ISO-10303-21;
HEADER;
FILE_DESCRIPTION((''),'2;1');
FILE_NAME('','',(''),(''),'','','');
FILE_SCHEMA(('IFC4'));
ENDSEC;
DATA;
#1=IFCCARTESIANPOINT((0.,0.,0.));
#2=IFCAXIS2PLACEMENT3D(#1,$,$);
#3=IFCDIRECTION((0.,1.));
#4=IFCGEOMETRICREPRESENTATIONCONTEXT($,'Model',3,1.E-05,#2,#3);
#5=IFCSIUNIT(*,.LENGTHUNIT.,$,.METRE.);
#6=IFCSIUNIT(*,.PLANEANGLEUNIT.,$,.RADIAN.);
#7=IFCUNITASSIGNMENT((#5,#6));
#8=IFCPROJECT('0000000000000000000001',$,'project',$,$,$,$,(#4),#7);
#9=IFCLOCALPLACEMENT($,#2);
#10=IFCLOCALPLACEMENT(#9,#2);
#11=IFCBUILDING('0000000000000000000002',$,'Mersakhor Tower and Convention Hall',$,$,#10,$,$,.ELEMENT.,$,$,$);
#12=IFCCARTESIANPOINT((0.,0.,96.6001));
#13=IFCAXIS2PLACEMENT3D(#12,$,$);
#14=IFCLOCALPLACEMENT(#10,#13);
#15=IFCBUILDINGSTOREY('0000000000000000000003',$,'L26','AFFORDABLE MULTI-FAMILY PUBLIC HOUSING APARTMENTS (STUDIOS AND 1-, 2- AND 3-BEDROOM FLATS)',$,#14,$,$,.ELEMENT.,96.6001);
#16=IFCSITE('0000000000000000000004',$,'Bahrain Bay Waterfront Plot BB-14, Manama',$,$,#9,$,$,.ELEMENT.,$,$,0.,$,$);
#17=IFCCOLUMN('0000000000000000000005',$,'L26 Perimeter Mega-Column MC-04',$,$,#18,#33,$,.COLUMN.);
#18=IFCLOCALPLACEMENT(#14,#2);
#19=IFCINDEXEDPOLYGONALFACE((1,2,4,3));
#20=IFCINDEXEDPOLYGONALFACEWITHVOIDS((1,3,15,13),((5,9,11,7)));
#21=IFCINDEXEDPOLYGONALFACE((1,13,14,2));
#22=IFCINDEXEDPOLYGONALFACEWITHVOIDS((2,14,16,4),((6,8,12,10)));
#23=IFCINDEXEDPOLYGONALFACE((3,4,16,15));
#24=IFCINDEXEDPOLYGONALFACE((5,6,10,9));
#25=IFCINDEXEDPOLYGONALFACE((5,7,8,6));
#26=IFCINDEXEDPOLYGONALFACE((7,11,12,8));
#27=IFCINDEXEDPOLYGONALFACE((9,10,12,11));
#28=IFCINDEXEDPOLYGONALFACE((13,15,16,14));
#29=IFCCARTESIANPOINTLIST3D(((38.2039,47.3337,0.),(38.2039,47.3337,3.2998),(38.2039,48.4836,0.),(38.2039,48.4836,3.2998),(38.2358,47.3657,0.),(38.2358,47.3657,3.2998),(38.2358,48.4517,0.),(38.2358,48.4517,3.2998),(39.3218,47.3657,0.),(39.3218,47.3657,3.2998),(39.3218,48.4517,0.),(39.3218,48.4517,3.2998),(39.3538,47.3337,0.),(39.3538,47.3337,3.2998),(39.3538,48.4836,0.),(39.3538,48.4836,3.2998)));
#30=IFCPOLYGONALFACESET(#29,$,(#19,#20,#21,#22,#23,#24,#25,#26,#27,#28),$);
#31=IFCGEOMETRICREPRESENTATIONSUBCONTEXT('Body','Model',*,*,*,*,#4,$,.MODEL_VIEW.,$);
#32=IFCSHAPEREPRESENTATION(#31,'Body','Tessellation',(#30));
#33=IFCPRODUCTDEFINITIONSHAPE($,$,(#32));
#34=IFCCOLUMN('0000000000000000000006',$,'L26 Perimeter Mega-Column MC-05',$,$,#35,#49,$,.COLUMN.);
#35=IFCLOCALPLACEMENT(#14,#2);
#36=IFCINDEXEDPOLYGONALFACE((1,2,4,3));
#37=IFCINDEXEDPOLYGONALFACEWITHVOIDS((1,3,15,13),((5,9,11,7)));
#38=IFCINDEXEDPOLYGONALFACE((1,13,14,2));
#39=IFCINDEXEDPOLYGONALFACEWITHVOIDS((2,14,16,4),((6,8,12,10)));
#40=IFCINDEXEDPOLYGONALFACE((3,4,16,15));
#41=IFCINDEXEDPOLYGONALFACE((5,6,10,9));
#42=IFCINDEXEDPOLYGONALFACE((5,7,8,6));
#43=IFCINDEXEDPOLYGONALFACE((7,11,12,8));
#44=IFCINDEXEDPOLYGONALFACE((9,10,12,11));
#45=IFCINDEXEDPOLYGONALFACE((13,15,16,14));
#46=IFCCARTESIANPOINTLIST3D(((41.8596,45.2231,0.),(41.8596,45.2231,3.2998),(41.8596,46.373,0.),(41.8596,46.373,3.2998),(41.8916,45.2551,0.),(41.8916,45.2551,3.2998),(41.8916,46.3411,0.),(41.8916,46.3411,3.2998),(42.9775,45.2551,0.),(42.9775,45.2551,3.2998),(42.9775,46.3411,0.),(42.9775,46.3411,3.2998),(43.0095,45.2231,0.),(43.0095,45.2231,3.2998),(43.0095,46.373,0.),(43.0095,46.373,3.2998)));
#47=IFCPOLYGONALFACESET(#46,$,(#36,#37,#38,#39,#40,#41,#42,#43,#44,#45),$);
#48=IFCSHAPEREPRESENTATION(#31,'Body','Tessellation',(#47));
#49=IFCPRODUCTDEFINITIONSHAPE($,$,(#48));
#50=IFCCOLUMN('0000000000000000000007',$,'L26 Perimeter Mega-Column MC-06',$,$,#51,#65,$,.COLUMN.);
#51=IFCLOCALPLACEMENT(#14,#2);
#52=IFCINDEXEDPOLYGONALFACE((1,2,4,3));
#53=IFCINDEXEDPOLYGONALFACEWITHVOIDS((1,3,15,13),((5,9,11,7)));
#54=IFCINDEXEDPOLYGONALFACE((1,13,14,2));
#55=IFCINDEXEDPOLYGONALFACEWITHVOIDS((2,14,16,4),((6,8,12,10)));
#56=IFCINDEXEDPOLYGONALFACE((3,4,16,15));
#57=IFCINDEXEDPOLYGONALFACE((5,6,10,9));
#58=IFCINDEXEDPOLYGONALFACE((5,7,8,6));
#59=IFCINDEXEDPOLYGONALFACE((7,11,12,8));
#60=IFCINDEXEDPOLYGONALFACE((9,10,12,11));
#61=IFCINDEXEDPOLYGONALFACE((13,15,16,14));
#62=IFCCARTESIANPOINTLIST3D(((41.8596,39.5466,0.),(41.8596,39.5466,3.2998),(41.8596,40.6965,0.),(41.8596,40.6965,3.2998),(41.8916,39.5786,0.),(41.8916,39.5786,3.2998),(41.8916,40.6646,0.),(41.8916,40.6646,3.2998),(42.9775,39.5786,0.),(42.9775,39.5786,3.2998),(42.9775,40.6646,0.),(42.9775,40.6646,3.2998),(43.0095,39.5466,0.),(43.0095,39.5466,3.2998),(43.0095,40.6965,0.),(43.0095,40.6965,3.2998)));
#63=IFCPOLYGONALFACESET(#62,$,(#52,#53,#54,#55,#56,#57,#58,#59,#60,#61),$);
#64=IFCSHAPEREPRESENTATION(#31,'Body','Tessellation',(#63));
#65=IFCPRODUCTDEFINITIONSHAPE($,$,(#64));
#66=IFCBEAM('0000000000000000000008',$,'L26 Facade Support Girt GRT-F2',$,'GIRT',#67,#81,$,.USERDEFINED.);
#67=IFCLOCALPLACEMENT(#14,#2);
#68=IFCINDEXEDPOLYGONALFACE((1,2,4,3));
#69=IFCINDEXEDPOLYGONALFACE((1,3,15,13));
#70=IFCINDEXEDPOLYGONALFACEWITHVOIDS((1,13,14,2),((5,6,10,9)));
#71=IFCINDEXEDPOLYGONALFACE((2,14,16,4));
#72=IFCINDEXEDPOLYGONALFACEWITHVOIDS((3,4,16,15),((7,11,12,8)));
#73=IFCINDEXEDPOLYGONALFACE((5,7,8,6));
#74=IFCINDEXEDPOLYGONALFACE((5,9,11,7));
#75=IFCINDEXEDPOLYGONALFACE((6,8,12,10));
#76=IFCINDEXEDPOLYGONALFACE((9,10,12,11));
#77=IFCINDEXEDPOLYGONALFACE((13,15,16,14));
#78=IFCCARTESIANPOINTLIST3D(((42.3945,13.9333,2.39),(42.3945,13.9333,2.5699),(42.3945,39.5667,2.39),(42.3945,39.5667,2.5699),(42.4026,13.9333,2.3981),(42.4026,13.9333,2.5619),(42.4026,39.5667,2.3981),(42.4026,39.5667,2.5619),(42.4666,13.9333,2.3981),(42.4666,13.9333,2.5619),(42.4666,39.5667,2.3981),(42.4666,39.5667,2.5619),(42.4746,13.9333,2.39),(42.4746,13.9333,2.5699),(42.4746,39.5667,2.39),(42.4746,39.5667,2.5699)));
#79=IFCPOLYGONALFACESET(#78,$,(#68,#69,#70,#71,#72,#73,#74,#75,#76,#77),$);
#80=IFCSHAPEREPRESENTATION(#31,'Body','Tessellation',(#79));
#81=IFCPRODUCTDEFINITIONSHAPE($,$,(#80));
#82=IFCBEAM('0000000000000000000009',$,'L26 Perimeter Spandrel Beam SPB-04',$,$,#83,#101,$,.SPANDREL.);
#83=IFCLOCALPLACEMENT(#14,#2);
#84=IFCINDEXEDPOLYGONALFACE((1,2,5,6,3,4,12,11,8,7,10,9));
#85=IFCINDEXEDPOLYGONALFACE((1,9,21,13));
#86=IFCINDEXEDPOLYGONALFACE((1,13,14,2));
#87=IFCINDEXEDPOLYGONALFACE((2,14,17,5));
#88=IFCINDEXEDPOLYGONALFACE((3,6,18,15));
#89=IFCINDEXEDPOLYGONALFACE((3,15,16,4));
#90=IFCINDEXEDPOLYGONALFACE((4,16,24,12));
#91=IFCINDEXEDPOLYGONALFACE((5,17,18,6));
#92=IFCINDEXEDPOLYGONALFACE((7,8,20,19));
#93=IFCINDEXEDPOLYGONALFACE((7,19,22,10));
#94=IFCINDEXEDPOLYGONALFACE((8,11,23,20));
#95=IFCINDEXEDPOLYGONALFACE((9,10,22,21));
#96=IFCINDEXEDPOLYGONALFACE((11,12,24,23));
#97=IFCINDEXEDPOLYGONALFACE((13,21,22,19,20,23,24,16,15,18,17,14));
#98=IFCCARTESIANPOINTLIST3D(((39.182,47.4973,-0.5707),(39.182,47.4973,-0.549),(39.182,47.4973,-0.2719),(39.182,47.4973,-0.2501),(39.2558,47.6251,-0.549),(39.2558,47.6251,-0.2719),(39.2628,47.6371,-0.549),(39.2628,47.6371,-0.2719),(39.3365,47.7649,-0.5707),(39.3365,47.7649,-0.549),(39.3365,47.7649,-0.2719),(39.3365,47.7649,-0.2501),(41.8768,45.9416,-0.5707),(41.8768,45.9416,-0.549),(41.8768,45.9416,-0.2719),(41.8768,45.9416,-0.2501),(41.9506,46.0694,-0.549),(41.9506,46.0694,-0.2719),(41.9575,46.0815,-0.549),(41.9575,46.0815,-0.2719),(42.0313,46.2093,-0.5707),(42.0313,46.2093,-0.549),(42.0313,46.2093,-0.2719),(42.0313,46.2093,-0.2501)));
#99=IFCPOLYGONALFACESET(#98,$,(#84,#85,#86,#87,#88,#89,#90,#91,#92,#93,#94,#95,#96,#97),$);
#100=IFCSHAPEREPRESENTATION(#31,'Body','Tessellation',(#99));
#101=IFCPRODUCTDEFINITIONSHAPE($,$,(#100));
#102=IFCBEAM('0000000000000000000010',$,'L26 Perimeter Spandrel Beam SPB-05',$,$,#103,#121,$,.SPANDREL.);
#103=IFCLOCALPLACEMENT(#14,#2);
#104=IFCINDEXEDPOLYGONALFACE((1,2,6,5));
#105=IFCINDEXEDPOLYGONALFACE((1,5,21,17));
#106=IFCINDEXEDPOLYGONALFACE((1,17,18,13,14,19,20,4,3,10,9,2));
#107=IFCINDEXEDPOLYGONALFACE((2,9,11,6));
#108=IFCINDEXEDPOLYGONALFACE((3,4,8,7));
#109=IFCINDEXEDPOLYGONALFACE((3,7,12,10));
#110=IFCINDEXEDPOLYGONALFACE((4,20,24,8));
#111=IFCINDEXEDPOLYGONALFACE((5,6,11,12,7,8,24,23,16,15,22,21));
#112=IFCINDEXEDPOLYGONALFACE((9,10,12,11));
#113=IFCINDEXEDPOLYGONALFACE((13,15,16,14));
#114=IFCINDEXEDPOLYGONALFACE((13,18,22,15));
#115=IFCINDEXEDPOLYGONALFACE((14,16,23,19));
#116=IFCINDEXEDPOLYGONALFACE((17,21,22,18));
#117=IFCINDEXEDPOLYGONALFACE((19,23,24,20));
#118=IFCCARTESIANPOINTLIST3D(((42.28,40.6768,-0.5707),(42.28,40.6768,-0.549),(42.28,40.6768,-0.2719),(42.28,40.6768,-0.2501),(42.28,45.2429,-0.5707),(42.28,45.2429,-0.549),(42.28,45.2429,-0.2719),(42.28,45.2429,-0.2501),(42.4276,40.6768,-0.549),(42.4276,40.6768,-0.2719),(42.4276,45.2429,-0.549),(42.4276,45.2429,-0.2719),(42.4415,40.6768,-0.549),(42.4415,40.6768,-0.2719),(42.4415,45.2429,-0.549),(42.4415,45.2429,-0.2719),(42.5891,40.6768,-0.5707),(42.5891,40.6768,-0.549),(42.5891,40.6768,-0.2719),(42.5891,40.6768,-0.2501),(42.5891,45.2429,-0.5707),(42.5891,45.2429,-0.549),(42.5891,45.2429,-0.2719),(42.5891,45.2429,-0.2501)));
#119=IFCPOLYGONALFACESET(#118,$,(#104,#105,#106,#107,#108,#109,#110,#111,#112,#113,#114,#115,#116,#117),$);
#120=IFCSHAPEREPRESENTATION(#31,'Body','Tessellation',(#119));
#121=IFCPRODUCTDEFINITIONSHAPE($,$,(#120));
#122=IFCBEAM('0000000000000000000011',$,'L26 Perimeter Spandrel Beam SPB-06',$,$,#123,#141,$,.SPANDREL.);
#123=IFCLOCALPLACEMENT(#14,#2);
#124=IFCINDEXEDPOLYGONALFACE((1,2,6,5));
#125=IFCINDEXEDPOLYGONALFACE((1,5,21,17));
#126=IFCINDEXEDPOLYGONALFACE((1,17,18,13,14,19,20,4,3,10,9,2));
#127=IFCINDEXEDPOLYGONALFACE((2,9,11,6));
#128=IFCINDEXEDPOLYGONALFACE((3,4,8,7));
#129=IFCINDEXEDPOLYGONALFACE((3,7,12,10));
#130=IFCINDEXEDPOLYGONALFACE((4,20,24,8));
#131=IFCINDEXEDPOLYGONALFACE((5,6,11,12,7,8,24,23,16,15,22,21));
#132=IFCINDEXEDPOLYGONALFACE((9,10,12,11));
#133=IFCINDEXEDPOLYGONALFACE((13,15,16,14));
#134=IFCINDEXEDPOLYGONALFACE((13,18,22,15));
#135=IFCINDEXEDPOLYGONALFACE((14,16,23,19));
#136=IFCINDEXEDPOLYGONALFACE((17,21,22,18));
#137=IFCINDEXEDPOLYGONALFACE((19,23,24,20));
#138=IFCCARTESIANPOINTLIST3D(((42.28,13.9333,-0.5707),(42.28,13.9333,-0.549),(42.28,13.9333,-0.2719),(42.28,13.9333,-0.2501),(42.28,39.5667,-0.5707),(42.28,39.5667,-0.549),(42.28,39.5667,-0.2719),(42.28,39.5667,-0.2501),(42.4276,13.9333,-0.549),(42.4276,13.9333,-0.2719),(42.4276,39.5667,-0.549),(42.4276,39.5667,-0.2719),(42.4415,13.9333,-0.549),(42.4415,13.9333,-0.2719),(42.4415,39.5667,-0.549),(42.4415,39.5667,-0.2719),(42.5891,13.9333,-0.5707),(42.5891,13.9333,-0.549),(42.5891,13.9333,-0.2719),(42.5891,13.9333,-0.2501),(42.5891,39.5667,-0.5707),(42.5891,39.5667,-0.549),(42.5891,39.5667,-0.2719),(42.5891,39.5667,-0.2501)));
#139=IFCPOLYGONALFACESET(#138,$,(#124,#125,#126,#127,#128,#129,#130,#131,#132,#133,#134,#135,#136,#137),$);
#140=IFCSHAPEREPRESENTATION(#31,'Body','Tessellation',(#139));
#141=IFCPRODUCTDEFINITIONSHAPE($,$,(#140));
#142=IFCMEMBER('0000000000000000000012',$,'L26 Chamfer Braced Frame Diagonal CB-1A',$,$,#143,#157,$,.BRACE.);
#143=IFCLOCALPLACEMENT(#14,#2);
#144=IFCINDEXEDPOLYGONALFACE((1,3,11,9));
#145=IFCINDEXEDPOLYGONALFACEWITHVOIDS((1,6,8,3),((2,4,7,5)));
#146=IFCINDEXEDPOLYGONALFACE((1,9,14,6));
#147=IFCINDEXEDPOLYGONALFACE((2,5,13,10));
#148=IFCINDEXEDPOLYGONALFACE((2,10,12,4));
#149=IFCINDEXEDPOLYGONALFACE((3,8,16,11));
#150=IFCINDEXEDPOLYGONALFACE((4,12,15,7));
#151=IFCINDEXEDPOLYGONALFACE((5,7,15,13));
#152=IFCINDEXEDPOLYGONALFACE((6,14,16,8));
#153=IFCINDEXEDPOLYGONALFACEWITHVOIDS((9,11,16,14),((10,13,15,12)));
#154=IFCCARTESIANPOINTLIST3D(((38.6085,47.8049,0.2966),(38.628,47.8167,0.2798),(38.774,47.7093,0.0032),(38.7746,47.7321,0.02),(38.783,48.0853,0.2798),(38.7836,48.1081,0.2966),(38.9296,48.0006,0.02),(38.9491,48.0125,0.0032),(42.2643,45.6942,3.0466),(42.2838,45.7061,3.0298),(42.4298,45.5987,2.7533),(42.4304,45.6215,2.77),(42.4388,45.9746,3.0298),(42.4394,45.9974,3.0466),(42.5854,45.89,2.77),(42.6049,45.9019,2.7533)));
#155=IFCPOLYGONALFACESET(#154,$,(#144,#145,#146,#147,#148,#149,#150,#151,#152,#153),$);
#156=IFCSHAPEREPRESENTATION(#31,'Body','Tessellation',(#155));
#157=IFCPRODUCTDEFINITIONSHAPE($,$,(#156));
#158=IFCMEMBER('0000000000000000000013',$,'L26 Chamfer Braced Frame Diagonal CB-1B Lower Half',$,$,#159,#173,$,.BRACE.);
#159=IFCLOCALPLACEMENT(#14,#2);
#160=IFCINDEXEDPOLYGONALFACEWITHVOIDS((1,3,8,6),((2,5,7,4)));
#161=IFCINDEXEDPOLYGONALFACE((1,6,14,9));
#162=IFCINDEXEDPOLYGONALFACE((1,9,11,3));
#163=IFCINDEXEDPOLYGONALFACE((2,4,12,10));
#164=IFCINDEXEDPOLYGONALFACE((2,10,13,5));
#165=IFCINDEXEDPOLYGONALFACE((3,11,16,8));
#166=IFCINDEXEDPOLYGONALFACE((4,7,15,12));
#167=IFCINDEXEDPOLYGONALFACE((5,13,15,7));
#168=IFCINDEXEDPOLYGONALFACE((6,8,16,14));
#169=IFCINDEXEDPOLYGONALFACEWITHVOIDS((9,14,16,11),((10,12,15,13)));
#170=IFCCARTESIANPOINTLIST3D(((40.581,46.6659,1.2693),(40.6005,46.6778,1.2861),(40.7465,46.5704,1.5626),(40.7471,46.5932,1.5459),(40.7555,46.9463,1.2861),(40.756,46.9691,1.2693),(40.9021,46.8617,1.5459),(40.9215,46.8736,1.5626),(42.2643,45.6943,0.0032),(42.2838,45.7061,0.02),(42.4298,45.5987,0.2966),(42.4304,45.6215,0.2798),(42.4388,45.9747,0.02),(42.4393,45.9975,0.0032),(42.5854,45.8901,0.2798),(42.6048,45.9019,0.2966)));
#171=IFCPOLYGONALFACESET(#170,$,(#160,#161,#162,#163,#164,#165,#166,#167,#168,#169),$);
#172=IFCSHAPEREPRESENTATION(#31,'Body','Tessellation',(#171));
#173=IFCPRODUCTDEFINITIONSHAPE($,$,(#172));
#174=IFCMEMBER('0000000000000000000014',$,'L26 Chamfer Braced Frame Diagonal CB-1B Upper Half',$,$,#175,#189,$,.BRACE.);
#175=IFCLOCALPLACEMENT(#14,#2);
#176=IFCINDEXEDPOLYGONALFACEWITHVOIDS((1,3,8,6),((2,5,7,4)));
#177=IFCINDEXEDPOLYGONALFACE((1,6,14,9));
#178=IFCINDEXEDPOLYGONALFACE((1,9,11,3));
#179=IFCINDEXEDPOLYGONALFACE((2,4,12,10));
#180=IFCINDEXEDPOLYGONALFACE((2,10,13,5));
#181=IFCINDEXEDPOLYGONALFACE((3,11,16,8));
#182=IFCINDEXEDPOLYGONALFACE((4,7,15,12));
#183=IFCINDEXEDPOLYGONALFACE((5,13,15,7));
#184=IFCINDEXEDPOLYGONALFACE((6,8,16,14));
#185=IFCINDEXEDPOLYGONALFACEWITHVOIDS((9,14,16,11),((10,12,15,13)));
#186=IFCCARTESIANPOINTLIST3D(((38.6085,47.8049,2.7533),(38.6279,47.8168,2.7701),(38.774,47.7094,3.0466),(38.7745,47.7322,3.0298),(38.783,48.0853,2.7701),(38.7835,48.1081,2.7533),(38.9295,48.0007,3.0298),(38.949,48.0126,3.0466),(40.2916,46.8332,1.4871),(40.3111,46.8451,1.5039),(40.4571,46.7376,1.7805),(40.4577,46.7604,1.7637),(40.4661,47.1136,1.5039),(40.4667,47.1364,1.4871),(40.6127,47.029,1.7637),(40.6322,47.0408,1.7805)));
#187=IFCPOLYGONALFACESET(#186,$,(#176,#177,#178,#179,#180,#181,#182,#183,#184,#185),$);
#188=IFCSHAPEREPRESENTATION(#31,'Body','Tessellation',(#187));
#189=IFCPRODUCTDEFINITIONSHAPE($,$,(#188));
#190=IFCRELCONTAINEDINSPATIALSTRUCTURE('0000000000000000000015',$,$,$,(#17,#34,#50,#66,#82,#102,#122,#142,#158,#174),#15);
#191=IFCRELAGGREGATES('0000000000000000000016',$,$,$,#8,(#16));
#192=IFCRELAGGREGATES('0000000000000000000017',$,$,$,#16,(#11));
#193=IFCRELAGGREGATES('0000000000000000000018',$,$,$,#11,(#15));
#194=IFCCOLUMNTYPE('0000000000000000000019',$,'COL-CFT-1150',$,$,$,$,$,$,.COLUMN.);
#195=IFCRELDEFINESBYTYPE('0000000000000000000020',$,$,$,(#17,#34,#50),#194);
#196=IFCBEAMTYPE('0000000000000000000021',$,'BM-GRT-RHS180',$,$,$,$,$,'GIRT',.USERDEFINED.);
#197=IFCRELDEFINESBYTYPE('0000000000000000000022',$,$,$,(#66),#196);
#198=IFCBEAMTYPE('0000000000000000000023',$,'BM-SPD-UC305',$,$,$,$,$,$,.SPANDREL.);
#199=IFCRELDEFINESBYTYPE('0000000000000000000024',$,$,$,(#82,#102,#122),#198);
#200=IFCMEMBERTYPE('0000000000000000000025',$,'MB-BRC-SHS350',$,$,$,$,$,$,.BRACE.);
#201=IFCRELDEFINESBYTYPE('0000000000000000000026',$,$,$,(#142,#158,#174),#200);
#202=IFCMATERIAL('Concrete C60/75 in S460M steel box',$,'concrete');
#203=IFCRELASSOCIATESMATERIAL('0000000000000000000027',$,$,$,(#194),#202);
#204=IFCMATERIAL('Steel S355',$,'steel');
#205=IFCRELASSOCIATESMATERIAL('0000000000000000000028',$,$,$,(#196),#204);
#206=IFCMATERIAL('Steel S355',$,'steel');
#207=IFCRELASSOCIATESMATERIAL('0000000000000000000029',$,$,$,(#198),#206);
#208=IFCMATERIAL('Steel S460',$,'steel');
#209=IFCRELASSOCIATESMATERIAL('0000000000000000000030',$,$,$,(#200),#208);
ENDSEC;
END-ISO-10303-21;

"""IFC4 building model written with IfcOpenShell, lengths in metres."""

from ifc_helpers import new_model, si_unit, direction, frame, origin, origin_2d, place, context, subcontext, project, spatial, hollow_rectangle, i_section, extrude, material, material_profile, profile_set, type_object, element, save


model = new_model("IFC4")

# Units and contexts
model_context = context("Model", 3, precision=1e-05, world=origin(), true_north=direction((0.0, 1.0)))
body_context = subcontext(model_context, "Body", "Model", "MODEL_VIEW")
ifc_project = project(units=[si_unit("LENGTHUNIT", "METRE"), si_unit("PLANEANGLEUNIT", "RADIAN")], contexts=[model_context])

# Site, building, storey
site_placement = place(None, origin())
site = spatial("IfcSite", under=ifc_project, at=site_placement, Name="Bahrain Bay Waterfront Plot BB-14, Manama", CompositionType="ELEMENT", RefElevation=0.0)
building_placement = place(site_placement, origin())
building = spatial("IfcBuilding", under=site, at=building_placement, Name="Mersakhor Tower and Convention Hall", CompositionType="ELEMENT")
storey_placement = place(building_placement, frame((0.0, 0.0, 96.6001)))
storey = spatial("IfcBuildingStorey", under=building, at=storey_placement, Name="L26", Description="AFFORDABLE MULTI-FAMILY PUBLIC HOUSING APARTMENTS (STUDIOS AND 1-, 2- AND 3-BEDROOM FLATS)", CompositionType="ELEMENT", Elevation=96.6001)

# Columns
ifc_material_1 = material(Name="Concrete C60/75 in S460M steel box", Category="concrete")
ifc_material_profile_1 = material_profile(ifc_material_1, hollow_rectangle(XDim=1.1499, YDim=1.1499, WallThickness=0.032, at=origin_2d()), Name="SHS 1150x1150x32")
ifc_profile_set_1 = profile_set([ifc_material_profile_1], Name="Concrete C60/75 in S460M steel box")
column_type = type_object("IfcColumnType", Name="COL-CFT-1150", PredefinedType="COLUMN", material=ifc_profile_set_1)
for number, where, z_axis, x_axis, name in (
    (1, (38.7788, 47.9087, 0.0), (0.0, 0.0, 1.0), (1.0, 0.0, 0.0), "L26 Perimeter Mega-Column MC-04"),
    (2, (42.4346, 45.7981, 0.0), (0.0, 0.0, 1.0), (1.0, 0.0, 0.0), "L26 Perimeter Mega-Column MC-05"),
    (3, (42.4346, 40.1216, 0.0), (0.0, 0.0, 1.0), (1.0, 0.0, 0.0), "L26 Perimeter Mega-Column MC-06"),
):
    element("IfcColumn", number, at=place(storey_placement, frame(where, z_axis=z_axis, x_axis=x_axis)), inside=storey, type_object=column_type, Name=name, PredefinedType="COLUMN", context=body_context, shape_type="SweptSolid", body=[
        extrude(hollow_rectangle(XDim=1.1499, YDim=1.1499, WallThickness=0.032, at=origin_2d()), origin(), (0.0, 0.0, 1.0), 3.2998),
    ])

# Beams
ifc_material_2 = material(Name="Steel S355", Category="steel")
ifc_material_profile_2 = material_profile(ifc_material_2, hollow_rectangle(XDim=0.0801, YDim=0.1799, WallThickness=0.0081, at=origin_2d()), Name="RHS 180x80x8")
ifc_profile_set_2 = profile_set([ifc_material_profile_2], Name="Steel S355")
beam_type_1 = type_object("IfcBeamType", Name="BM-GRT-RHS180", ElementType="GIRT", PredefinedType="USERDEFINED", material=ifc_profile_set_2)
beam_1_placement = place(storey_placement, frame((42.4346, 39.5667, 2.48), z_axis=(0.0, -1.0, 0.0), x_axis=(1.0, 0.0, 0.0)))
element("IfcBeam", 4, at=beam_1_placement, inside=storey, type_object=beam_type_1, Name="L26 Facade Support Girt GRT-F2", ObjectType="GIRT", PredefinedType="USERDEFINED", context=body_context, shape_type="SweptSolid", body=[
    extrude(hollow_rectangle(XDim=0.0801, YDim=0.1799, WallThickness=0.0081, at=origin_2d()), origin(), (0.0, 0.0, 1.0), 25.6333),
])
ifc_material_3 = material(Name="Steel S355", Category="steel")
ifc_material_profile_3 = material_profile(ifc_material_3, i_section(OverallWidth=0.3091, OverallDepth=0.3206, WebThickness=0.0139, FlangeThickness=0.0217, at=origin_2d()), Name="UC 305x305x137")
ifc_profile_set_3 = profile_set([ifc_material_profile_3], Name="Steel S355")
beam_type_2 = type_object("IfcBeamType", Name="BM-SPD-UC305", PredefinedType="SPANDREL", material=ifc_profile_set_3)
beam_2_placement = place(storey_placement, frame((39.2593, 47.6311, -0.4104), z_axis=(0.866052, -0.499953, 0.0), x_axis=(0.499953, 0.866052, 0.0)))
element("IfcBeam", 5, at=beam_2_placement, inside=storey, type_object=beam_type_2, Name="L26 Perimeter Spandrel Beam SPB-04", PredefinedType="SPANDREL", context=body_context, shape_type="SweptSolid", body=[
    extrude(i_section(OverallWidth=0.3091, OverallDepth=0.3206, WebThickness=0.0139, FlangeThickness=0.0217, at=origin_2d()), origin(), (0.0, 0.0, 1.0), 3.1116),
])
beam_3_placement = place(storey_placement, frame((42.4346, 45.2429, -0.4104), z_axis=(0.0, -1.0, 0.0), x_axis=(1.0, 0.0, 0.0)))
element("IfcBeam", 6, at=beam_3_placement, inside=storey, type_object=beam_type_2, Name="L26 Perimeter Spandrel Beam SPB-05", PredefinedType="SPANDREL", context=body_context, shape_type="SweptSolid", body=[
    extrude(i_section(OverallWidth=0.3091, OverallDepth=0.3206, WebThickness=0.0139, FlangeThickness=0.0217, at=origin_2d()), origin(), (0.0, 0.0, 1.0), 4.5662),
])
beam_4_placement = place(storey_placement, frame((42.4346, 39.5667, -0.4104), z_axis=(0.0, -1.0, 0.0), x_axis=(1.0, 0.0, 0.0)))
element("IfcBeam", 7, at=beam_4_placement, inside=storey, type_object=beam_type_2, Name="L26 Perimeter Spandrel Beam SPB-06", PredefinedType="SPANDREL", context=body_context, shape_type="SweptSolid", body=[
    extrude(i_section(OverallWidth=0.3091, OverallDepth=0.3206, WebThickness=0.0139, FlangeThickness=0.0217, at=origin_2d()), origin(), (0.0, 0.0, 1.0), 25.6333),
])

# Members
ifc_material_4 = material(Name="Steel S460", Category="steel")
ifc_material_profile_4 = material_profile(ifc_material_4, hollow_rectangle(XDim=0.3501, YDim=0.3501, WallThickness=0.02, at=origin_2d()), Name="SHS 350x350x20")
ifc_profile_set_4 = profile_set([ifc_material_profile_4], Name="Steel S460")
member_type = type_object("IfcMemberType", Name="MB-BRC-SHS350", PredefinedType="BRACE", material=ifc_profile_set_4)
member_placement = place(storey_placement, frame((38.7788, 47.9087, 0.1499), z_axis=(0.725634, -0.418933, 0.545849), x_axis=(0.499989, 0.866031, 0.0)))
element("IfcMember", 8, at=member_placement, inside=storey, type_object=member_type, Name="L26 Chamfer Braced Frame Diagonal CB-1A", PredefinedType="BRACE", context=body_context, shape_type="SweptSolid", body=[
    extrude(hollow_rectangle(XDim=0.3501, YDim=0.3501, WallThickness=0.02, at=origin_2d()), origin(), (0.0, 0.0, 1.0), 5.0381),
])
for number, where, z_axis, x_axis, name in (
    (9, (42.4346, 45.7981, 0.1499), (-0.725685, 0.418887, 0.545816), (-0.499922, -0.866071, 0.0), "L26 Chamfer Braced Frame Diagonal CB-1B Lower Half"),
    (10, (40.4619, 46.937, 1.6338), (-0.725635, 0.418919, 0.545858), (-0.499976, -0.866039, 0.0), "L26 Chamfer Braced Frame Diagonal CB-1B Upper Half"),
):
    element("IfcMember", number, at=place(storey_placement, frame(where, z_axis=z_axis, x_axis=x_axis)), inside=storey, type_object=member_type, Name=name, PredefinedType="BRACE", context=body_context, shape_type="SweptSolid", body=[
        extrude(hollow_rectangle(XDim=0.3501, YDim=0.3501, WallThickness=0.02, at=origin_2d()), origin(), (0.0, 0.0, 1.0), 2.3196),
    ])

save(model, "model.ifc")
